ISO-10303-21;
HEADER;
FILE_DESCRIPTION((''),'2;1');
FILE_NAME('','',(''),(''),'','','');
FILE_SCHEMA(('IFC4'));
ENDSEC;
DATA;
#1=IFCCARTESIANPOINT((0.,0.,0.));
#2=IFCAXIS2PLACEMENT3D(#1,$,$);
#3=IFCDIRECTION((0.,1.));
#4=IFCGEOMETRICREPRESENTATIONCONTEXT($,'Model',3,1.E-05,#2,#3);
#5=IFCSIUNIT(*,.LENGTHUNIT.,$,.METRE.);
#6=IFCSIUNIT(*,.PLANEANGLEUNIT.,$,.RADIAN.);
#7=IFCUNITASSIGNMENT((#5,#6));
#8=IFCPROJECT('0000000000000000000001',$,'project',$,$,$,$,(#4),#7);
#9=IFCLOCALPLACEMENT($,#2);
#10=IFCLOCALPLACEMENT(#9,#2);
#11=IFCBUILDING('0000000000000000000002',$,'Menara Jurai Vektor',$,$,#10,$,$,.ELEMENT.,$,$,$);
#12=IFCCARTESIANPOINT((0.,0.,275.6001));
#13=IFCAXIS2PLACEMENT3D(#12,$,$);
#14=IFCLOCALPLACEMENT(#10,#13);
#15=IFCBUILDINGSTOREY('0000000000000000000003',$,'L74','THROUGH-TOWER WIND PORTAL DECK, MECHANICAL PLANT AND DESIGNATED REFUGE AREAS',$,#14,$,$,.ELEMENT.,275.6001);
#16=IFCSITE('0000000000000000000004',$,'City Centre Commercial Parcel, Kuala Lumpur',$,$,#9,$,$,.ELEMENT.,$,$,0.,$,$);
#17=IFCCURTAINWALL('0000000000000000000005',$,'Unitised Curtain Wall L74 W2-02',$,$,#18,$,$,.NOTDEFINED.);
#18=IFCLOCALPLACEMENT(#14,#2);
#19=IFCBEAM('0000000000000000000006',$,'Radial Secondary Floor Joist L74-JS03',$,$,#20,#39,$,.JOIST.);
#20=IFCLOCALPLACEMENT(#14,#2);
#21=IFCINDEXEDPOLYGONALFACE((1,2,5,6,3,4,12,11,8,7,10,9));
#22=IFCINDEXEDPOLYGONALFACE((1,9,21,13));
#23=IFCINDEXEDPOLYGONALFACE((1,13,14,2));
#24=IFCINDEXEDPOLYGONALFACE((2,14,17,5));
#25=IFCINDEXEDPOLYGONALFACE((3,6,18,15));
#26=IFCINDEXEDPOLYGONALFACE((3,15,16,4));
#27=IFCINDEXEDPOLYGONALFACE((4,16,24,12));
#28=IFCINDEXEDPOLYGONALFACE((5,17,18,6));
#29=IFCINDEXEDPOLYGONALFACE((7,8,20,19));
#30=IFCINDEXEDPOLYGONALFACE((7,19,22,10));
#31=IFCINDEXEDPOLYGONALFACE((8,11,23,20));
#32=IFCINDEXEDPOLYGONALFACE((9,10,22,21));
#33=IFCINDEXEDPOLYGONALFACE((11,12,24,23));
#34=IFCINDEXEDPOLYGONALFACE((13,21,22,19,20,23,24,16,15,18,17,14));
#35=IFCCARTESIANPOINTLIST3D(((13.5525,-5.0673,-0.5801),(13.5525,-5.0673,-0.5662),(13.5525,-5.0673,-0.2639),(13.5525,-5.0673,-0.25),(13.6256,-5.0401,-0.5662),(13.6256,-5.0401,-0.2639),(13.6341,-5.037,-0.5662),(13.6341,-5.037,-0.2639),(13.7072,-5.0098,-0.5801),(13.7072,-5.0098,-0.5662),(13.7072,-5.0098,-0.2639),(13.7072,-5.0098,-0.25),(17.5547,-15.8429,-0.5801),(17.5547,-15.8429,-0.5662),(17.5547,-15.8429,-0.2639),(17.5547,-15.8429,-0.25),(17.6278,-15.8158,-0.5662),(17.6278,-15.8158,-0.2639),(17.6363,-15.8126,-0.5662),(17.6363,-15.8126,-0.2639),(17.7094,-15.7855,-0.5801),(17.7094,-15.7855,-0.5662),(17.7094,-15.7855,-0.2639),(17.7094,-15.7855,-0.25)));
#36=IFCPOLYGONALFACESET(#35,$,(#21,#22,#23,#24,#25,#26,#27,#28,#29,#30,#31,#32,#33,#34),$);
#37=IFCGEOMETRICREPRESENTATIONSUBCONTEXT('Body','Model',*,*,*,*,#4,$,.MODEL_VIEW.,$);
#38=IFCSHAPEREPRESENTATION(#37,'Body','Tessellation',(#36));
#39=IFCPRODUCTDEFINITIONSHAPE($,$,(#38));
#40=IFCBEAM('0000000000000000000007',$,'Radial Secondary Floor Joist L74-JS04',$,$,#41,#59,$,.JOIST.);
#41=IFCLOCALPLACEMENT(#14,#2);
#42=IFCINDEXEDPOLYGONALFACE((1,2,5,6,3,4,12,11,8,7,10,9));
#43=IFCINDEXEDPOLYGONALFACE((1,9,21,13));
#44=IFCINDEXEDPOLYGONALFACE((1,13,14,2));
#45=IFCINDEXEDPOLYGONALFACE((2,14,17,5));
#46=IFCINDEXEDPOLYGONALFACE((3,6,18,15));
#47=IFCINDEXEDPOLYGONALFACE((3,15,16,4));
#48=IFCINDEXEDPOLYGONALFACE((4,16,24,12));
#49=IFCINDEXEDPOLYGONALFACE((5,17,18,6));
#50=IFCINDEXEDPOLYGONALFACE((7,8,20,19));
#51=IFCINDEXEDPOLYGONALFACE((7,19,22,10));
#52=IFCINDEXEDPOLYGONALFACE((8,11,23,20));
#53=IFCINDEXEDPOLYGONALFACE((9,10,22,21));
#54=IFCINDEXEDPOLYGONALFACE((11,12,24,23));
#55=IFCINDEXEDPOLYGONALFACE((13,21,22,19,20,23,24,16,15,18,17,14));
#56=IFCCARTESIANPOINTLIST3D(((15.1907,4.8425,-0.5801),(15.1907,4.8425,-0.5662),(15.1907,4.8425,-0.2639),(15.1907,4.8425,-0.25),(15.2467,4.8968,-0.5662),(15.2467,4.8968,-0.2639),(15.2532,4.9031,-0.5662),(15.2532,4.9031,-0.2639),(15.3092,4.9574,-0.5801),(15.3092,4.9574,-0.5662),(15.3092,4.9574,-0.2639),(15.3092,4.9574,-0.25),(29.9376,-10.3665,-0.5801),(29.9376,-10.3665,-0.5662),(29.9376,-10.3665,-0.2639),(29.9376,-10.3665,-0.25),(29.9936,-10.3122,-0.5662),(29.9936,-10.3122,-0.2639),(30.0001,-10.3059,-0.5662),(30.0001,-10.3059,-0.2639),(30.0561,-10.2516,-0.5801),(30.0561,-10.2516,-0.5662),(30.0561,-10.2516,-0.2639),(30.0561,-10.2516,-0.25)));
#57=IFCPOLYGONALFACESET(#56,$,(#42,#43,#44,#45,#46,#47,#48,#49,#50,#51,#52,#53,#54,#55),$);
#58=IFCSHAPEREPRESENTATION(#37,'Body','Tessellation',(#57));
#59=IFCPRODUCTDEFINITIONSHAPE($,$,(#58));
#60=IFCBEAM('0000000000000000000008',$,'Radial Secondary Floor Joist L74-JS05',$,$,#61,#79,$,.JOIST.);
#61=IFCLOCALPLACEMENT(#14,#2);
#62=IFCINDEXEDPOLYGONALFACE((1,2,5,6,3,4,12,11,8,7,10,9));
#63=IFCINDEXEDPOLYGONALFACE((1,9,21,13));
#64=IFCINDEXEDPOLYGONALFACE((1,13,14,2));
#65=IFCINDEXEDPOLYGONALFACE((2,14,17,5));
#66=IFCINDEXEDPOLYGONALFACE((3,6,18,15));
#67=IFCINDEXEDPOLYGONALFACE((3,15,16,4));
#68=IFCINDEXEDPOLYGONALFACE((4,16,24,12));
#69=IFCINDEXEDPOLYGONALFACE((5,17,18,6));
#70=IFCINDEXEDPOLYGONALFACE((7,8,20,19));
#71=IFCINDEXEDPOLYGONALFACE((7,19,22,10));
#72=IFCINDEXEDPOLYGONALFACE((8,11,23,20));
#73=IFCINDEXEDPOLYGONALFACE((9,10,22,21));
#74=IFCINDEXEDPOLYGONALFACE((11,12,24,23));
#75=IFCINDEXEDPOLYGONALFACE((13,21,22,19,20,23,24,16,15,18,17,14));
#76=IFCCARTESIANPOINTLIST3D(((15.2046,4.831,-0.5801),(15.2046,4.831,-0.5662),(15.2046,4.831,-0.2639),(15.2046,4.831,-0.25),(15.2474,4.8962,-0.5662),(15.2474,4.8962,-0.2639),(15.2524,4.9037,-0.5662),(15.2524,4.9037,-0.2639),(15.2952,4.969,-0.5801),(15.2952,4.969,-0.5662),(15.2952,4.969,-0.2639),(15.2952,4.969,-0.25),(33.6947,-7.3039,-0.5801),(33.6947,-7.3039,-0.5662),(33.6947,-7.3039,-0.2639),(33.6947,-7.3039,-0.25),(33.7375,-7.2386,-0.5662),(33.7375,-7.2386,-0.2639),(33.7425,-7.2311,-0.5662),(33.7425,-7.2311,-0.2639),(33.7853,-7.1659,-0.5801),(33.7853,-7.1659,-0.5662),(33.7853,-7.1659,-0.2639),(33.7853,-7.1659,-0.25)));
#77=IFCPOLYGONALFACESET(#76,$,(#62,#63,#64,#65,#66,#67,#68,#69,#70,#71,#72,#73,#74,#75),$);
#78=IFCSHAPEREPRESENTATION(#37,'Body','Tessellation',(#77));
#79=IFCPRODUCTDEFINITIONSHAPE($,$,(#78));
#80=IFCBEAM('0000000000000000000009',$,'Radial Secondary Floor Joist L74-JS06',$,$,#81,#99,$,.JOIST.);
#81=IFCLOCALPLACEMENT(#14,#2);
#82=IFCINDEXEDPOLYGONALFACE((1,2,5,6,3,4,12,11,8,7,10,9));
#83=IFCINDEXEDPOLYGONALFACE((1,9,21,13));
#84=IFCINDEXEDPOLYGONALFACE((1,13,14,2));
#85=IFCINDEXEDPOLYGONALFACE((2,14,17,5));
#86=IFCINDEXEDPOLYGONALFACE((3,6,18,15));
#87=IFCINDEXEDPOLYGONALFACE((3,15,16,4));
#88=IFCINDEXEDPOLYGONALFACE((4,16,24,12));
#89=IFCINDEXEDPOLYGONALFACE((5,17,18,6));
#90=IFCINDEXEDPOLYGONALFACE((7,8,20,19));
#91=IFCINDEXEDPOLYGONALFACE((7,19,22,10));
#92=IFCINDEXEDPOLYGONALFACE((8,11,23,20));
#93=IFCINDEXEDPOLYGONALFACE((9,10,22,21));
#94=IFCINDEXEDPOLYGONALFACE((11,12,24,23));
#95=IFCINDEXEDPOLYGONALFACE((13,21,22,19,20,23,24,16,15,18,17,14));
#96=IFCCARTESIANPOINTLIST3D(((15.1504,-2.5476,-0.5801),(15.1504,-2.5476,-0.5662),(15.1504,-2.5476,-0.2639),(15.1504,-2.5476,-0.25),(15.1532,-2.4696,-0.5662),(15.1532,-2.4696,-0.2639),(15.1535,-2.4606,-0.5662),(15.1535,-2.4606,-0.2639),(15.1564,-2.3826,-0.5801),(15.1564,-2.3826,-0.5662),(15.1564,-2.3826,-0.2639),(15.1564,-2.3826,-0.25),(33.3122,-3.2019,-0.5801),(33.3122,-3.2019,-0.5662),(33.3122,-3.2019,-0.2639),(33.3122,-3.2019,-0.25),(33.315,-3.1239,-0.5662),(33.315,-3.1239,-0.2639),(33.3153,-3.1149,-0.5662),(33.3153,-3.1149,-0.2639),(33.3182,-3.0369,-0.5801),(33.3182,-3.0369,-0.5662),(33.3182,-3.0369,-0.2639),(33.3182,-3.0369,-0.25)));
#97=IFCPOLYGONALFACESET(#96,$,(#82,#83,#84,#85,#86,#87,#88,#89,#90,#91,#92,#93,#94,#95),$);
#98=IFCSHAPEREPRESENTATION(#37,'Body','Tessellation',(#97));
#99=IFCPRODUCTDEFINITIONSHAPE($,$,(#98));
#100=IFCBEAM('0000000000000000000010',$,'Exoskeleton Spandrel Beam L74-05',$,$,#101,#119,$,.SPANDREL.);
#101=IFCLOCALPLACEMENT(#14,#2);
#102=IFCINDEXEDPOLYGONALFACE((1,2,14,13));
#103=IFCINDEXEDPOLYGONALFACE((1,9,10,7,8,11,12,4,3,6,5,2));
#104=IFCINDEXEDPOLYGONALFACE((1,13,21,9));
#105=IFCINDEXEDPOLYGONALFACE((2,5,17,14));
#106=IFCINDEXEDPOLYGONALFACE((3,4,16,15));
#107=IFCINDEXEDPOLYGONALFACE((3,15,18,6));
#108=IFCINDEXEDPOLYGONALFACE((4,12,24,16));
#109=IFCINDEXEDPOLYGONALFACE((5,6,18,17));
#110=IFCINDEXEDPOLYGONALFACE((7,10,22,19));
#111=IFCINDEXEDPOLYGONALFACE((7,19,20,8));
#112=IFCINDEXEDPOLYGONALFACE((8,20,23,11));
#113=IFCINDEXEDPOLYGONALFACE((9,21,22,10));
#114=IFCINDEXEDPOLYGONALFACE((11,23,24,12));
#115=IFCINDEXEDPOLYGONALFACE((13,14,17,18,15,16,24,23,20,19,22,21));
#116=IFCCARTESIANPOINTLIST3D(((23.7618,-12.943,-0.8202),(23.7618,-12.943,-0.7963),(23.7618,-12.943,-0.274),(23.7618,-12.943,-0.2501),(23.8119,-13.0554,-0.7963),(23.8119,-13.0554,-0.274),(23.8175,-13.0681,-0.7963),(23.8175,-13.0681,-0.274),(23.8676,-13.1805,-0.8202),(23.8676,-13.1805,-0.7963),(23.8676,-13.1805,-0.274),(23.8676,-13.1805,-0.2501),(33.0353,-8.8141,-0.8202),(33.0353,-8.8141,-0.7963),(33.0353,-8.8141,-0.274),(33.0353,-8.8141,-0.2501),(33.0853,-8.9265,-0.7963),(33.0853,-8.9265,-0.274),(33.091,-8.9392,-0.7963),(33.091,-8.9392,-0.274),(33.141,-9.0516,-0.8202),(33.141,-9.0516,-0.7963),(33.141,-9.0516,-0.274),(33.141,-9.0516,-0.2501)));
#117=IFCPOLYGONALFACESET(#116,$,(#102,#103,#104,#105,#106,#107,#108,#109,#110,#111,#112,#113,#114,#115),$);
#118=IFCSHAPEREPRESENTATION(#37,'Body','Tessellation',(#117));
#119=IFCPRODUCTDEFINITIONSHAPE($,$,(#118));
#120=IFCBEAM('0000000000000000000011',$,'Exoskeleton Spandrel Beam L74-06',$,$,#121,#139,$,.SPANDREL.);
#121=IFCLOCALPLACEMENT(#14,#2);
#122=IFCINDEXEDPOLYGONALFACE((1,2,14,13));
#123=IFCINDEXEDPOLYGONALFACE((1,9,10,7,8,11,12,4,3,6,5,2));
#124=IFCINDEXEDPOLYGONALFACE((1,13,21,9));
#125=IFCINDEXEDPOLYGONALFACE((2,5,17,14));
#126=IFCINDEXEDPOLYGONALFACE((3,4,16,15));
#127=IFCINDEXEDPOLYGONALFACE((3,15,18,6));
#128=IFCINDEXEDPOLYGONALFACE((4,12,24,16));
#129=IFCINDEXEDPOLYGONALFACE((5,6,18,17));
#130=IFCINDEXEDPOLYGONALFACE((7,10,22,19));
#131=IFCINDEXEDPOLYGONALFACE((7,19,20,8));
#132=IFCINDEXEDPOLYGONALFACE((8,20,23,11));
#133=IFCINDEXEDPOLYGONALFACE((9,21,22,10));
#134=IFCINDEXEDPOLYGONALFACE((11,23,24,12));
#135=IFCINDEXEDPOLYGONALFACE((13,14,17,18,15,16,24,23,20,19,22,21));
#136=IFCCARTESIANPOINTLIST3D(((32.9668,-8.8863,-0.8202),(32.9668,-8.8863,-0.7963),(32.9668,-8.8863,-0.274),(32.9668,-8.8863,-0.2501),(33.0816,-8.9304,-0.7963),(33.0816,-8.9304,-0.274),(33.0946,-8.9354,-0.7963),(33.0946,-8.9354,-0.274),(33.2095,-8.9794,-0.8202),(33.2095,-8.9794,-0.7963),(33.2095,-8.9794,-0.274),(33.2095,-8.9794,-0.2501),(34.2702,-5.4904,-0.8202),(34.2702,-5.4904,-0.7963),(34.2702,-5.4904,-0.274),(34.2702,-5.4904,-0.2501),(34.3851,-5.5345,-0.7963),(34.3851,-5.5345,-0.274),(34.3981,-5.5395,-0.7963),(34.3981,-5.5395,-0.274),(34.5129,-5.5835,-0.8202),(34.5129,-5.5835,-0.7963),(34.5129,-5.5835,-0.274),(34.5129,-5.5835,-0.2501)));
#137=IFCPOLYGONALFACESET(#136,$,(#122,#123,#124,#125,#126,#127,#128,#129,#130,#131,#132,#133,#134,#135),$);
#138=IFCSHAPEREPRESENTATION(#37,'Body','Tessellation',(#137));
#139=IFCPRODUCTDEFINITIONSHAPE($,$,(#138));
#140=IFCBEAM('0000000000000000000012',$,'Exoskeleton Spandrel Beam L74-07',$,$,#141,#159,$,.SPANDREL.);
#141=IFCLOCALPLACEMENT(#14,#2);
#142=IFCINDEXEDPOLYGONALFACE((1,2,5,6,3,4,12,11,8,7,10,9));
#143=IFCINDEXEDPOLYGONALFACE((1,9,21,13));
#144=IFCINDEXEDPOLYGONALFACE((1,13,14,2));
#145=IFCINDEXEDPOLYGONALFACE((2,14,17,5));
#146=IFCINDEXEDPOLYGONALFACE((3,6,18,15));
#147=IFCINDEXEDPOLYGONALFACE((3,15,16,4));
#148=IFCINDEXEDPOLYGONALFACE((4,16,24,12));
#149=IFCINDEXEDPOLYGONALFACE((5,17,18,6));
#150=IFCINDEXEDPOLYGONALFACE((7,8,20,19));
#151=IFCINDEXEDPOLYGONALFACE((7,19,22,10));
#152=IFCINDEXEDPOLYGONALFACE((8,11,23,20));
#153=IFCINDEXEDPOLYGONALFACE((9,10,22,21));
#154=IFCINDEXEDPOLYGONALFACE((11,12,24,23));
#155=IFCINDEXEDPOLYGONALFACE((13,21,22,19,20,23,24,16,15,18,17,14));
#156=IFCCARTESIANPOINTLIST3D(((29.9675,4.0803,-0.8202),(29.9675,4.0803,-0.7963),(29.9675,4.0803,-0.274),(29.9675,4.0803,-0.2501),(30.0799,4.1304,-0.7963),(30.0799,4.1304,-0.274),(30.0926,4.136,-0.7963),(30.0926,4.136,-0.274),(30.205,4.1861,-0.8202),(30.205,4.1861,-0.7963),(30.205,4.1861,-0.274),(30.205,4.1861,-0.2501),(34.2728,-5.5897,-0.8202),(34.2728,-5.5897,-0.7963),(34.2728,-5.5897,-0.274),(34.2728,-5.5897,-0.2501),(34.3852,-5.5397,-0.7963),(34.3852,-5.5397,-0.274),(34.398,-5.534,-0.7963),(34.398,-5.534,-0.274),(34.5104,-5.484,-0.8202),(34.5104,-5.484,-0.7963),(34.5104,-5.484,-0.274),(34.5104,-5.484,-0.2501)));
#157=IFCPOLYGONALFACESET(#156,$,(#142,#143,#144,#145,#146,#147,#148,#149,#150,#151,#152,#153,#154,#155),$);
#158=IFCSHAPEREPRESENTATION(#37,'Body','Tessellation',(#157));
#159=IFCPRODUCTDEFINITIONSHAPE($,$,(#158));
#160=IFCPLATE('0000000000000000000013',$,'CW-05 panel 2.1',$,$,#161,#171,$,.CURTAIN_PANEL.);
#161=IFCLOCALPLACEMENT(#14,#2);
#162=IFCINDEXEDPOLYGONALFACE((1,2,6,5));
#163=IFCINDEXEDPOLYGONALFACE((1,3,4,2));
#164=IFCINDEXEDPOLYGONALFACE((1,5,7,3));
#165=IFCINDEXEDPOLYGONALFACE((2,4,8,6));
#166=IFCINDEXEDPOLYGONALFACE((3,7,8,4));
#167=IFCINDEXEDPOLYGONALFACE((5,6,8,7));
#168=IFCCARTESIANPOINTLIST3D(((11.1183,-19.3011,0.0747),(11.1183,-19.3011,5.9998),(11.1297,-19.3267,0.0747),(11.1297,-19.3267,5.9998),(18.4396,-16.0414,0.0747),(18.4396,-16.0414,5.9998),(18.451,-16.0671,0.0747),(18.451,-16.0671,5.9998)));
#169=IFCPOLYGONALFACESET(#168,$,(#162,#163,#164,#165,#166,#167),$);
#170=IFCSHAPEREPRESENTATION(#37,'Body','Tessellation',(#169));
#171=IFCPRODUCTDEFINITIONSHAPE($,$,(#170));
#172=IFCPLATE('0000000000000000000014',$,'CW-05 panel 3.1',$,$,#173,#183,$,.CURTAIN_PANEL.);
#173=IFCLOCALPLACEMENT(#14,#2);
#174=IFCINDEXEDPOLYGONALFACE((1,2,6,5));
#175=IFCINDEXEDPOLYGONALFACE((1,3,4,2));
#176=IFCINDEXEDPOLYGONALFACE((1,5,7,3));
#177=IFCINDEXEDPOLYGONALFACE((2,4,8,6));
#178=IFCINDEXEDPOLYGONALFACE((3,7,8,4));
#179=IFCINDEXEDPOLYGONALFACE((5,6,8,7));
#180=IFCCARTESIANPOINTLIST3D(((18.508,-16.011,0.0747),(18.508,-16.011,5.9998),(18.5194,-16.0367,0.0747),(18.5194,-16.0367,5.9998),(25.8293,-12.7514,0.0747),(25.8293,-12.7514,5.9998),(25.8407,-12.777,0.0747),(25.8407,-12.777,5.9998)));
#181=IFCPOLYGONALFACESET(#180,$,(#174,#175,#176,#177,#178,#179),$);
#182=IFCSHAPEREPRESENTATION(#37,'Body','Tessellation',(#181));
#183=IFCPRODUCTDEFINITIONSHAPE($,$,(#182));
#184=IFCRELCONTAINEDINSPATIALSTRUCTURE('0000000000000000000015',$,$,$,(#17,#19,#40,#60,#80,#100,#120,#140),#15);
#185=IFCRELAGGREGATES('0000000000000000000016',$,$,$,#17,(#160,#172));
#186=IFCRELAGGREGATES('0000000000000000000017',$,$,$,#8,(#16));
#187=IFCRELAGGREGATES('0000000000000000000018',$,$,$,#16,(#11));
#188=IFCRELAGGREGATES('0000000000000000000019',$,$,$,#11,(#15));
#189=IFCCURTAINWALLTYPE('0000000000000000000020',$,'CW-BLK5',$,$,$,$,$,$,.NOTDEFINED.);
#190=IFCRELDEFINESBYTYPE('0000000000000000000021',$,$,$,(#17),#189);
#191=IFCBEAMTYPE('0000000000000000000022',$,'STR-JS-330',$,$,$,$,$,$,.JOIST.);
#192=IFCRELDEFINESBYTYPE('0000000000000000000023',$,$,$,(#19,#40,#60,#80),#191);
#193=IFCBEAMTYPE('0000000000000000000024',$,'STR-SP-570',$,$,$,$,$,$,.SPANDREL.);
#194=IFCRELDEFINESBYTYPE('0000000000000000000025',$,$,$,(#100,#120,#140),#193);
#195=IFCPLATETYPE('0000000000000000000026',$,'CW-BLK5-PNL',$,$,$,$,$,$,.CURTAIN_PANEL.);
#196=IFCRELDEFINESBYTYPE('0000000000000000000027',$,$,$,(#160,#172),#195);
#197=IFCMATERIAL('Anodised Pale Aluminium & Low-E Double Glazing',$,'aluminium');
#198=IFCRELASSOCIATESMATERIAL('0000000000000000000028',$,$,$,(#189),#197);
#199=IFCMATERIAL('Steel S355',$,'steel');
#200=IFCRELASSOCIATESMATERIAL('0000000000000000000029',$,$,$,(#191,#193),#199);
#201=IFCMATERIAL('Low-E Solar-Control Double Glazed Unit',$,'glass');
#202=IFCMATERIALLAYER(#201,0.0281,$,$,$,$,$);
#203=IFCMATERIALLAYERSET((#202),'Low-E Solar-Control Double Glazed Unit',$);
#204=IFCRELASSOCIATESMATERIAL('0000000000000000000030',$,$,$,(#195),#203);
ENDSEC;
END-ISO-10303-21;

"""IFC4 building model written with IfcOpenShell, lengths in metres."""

from ifc_helpers import new_model, si_unit, direction, frame, origin, origin_2d, place, context, subcontext, project, spatial, rectangle, i_section, extrude, material, layer, layer_set, material_profile, profile_set, type_object, element, aggregate, save


model = new_model("IFC4")

# Units and contexts
model_context = context("Model", 3, precision=1e-05, world=origin(), true_north=direction((0.0, 1.0)))
body_context = subcontext(model_context, "Body", "Model", "MODEL_VIEW")
ifc_project = project(units=[si_unit("LENGTHUNIT", "METRE"), si_unit("PLANEANGLEUNIT", "RADIAN")], contexts=[model_context])

# Site, building, storey
site_placement = place(None, origin())
site = spatial("IfcSite", under=ifc_project, at=site_placement, Name="City Centre Commercial Parcel, Kuala Lumpur", CompositionType="ELEMENT", RefElevation=0.0)
building_placement = place(site_placement, origin())
building = spatial("IfcBuilding", under=site, at=building_placement, Name="Menara Jurai Vektor", CompositionType="ELEMENT")
storey_placement = place(building_placement, frame((0.0, 0.0, 275.6001)))
storey = spatial("IfcBuildingStorey", under=building, at=storey_placement, Name="L74", Description="THROUGH-TOWER WIND PORTAL DECK, MECHANICAL PLANT AND DESIGNATED REFUGE AREAS", CompositionType="ELEMENT", Elevation=275.6001)

# Curtain wall
ifc_material_1 = material(Name="Anodised Pale Aluminium & Low-E Double Glazing", Category="aluminium")
curtain_wall_type = type_object("IfcCurtainWallType", Name="CW-BLK5", PredefinedType="NOTDEFINED", material=ifc_material_1)
curtain_wall_1_placement = place(storey_placement, origin())
curtain_wall_1 = element("IfcCurtainWall", 1, at=curtain_wall_1_placement, inside=storey, type_object=curtain_wall_type, Name="Unitised Curtain Wall L74 W2-02", PredefinedType="NOTDEFINED")

# Shared definitions
ifc_material_2 = material(Name="Steel S355", Category="steel")

# Beams
ifc_material_profile_1 = material_profile(ifc_material_2, i_section(OverallWidth=0.165, OverallDepth=0.3301, WebThickness=0.009, FlangeThickness=0.0139, at=origin_2d()), Name="PG 330x165x46")
ifc_profile_set_1 = profile_set([ifc_material_profile_1], Name="Steel S355")
beam_type_1 = type_object("IfcBeamType", Name="STR-JS-330", PredefinedType="JOIST", material=ifc_profile_set_1)
beam_1_placement = place(storey_placement, frame((17.6321, -15.8142, -0.415), z_axis=(-0.348173, 0.93743, 0.0), x_axis=(-0.93743, -0.348173, 0.0)))
element("IfcBeam", 2, at=beam_1_placement, inside=storey, type_object=beam_type_1, Name="Radial Secondary Floor Joist L74-JS03", PredefinedType="JOIST", context=body_context, shape_type="SweptSolid", body=[
    extrude(i_section(OverallWidth=0.165, OverallDepth=0.3301, WebThickness=0.009, FlangeThickness=0.0139, at=origin_2d()), origin(), (0.0, 0.0, 1.0), 11.4949),
])
beam_2_placement = place(storey_placement, frame((29.9968, -10.3091, -0.415), z_axis=(-0.696115, 0.717931, 0.0), x_axis=(-0.717931, -0.696115, 0.0)))
element("IfcBeam", 3, at=beam_2_placement, inside=storey, type_object=beam_type_1, Name="Radial Secondary Floor Joist L74-JS04", PredefinedType="JOIST", context=body_context, shape_type="SweptSolid", body=[
    extrude(i_section(OverallWidth=0.165, OverallDepth=0.3301, WebThickness=0.009, FlangeThickness=0.0139, at=origin_2d()), origin(), (0.0, 0.0, 1.0), 21.1846),
])
beam_3_placement = place(storey_placement, frame((33.74, -7.2349, -0.415), z_axis=(-0.836033, 0.548679, 0.0), x_axis=(-0.548679, -0.836033, 0.0)))
element("IfcBeam", 4, at=beam_3_placement, inside=storey, type_object=beam_type_1, Name="Radial Secondary Floor Joist L74-JS05", PredefinedType="JOIST", context=body_context, shape_type="SweptSolid", body=[
    extrude(i_section(OverallWidth=0.165, OverallDepth=0.3301, WebThickness=0.009, FlangeThickness=0.0139, at=origin_2d()), origin(), (0.0, 0.0, 1.0), 22.1165),
])
beam_4_placement = place(storey_placement, frame((33.3152, -3.1194, -0.415), z_axis=(-0.999352, 0.036003, 0.0), x_axis=(-0.036003, -0.999352, 0.0)))
element("IfcBeam", 5, at=beam_4_placement, inside=storey, type_object=beam_type_1, Name="Radial Secondary Floor Joist L74-JS06", PredefinedType="JOIST", context=body_context, shape_type="SweptSolid", body=[
    extrude(i_section(OverallWidth=0.165, OverallDepth=0.3301, WebThickness=0.009, FlangeThickness=0.0139, at=origin_2d()), origin(), (0.0, 0.0, 1.0), 18.1736),
])
ifc_material_profile_2 = material_profile(ifc_material_2, i_section(OverallWidth=0.26, OverallDepth=0.5701, WebThickness=0.0139, FlangeThickness=0.0239, at=origin_2d()), Name="PG 570x260x145")
ifc_profile_set_2 = profile_set([ifc_material_profile_2], Name="Steel S355")
beam_type_2 = type_object("IfcBeamType", Name="STR-SP-570", PredefinedType="SPANDREL", material=ifc_profile_set_2)
beam_5_placement = place(storey_placement, frame((23.8147, -13.0618, -0.5352), z_axis=(0.913542, 0.406745, 0.0), x_axis=(-0.406745, 0.913542, 0.0)))
element("IfcBeam", 6, at=beam_5_placement, inside=storey, type_object=beam_type_2, Name="Exoskeleton Spandrel Beam L74-05", PredefinedType="SPANDREL", context=body_context, shape_type="SweptSolid", body=[
    extrude(i_section(OverallWidth=0.26, OverallDepth=0.5701, WebThickness=0.0139, FlangeThickness=0.0239, at=origin_2d()), origin(), (0.0, 0.0, 1.0), 10.1511),
])
beam_6_placement = place(storey_placement, frame((33.0881, -8.9329, -0.5352), z_axis=(0.358336, 0.933593, 0.0), x_axis=(-0.933593, 0.358336, 0.0)))
element("IfcBeam", 7, at=beam_6_placement, inside=storey, type_object=beam_type_2, Name="Exoskeleton Spandrel Beam L74-06", PredefinedType="SPANDREL", context=body_context, shape_type="SweptSolid", body=[
    extrude(i_section(OverallWidth=0.26, OverallDepth=0.5701, WebThickness=0.0139, FlangeThickness=0.0239, at=origin_2d()), origin(), (0.0, 0.0, 1.0), 3.6375),
])
beam_7_placement = place(storey_placement, frame((34.3916, -5.5369, -0.5352), z_axis=(-0.406735, 0.913546, 0.0), x_axis=(-0.913546, -0.406735, 0.0)))
element("IfcBeam", 8, at=beam_7_placement, inside=storey, type_object=beam_type_2, Name="Exoskeleton Spandrel Beam L74-07", PredefinedType="SPANDREL", context=body_context, shape_type="SweptSolid", body=[
    extrude(i_section(OverallWidth=0.26, OverallDepth=0.5701, WebThickness=0.0139, FlangeThickness=0.0239, at=origin_2d()), origin(), (0.0, 0.0, 1.0), 10.5852),
])

# Plates
ifc_material_3 = material(Name="Low-E Solar-Control Double Glazed Unit", Category="glass")
ifc_layer_1 = layer(ifc_material_3, 0.0281)
ifc_layer_set_1 = layer_set([ifc_layer_1], Name="Low-E Solar-Control Double Glazed Unit")
plate_type_1 = type_object("IfcPlateType", Name="CW-BLK5-PNL", PredefinedType="CURTAIN_PANEL", material=ifc_layer_set_1)
plate_1_placement = place(storey_placement, frame((14.7847, -17.6841, 0.0747), z_axis=(0.0, 0.0, 1.0), x_axis=(0.913546, 0.406736, 0.0)))
plate_1 = element("IfcPlate", 9, at=plate_1_placement, type_object=plate_type_1, Name="CW-05 panel 2.1", PredefinedType="CURTAIN_PANEL", context=body_context, shape_type="SweptSolid", body=[
    extrude(rectangle(XDim=8.0142, YDim=0.0281, at=origin_2d()), origin(), (0.0, 0.0, 1.0), 5.925),
])
plate_2_placement = place(storey_placement, frame((22.1743, -14.394, 0.0747), z_axis=(0.0, 0.0, 1.0), x_axis=(0.913546, 0.406736, 0.0)))
plate_2 = element("IfcPlate", 10, at=plate_2_placement, type_object=plate_type_1, Name="CW-05 panel 3.1", PredefinedType="CURTAIN_PANEL", context=body_context, shape_type="SweptSolid", body=[
    extrude(rectangle(XDim=8.0142, YDim=0.0281, at=origin_2d()), origin(), (0.0, 0.0, 1.0), 5.925),
])
aggregate(curtain_wall_1, [plate_1, plate_2])

save(model, "model.ifc")
